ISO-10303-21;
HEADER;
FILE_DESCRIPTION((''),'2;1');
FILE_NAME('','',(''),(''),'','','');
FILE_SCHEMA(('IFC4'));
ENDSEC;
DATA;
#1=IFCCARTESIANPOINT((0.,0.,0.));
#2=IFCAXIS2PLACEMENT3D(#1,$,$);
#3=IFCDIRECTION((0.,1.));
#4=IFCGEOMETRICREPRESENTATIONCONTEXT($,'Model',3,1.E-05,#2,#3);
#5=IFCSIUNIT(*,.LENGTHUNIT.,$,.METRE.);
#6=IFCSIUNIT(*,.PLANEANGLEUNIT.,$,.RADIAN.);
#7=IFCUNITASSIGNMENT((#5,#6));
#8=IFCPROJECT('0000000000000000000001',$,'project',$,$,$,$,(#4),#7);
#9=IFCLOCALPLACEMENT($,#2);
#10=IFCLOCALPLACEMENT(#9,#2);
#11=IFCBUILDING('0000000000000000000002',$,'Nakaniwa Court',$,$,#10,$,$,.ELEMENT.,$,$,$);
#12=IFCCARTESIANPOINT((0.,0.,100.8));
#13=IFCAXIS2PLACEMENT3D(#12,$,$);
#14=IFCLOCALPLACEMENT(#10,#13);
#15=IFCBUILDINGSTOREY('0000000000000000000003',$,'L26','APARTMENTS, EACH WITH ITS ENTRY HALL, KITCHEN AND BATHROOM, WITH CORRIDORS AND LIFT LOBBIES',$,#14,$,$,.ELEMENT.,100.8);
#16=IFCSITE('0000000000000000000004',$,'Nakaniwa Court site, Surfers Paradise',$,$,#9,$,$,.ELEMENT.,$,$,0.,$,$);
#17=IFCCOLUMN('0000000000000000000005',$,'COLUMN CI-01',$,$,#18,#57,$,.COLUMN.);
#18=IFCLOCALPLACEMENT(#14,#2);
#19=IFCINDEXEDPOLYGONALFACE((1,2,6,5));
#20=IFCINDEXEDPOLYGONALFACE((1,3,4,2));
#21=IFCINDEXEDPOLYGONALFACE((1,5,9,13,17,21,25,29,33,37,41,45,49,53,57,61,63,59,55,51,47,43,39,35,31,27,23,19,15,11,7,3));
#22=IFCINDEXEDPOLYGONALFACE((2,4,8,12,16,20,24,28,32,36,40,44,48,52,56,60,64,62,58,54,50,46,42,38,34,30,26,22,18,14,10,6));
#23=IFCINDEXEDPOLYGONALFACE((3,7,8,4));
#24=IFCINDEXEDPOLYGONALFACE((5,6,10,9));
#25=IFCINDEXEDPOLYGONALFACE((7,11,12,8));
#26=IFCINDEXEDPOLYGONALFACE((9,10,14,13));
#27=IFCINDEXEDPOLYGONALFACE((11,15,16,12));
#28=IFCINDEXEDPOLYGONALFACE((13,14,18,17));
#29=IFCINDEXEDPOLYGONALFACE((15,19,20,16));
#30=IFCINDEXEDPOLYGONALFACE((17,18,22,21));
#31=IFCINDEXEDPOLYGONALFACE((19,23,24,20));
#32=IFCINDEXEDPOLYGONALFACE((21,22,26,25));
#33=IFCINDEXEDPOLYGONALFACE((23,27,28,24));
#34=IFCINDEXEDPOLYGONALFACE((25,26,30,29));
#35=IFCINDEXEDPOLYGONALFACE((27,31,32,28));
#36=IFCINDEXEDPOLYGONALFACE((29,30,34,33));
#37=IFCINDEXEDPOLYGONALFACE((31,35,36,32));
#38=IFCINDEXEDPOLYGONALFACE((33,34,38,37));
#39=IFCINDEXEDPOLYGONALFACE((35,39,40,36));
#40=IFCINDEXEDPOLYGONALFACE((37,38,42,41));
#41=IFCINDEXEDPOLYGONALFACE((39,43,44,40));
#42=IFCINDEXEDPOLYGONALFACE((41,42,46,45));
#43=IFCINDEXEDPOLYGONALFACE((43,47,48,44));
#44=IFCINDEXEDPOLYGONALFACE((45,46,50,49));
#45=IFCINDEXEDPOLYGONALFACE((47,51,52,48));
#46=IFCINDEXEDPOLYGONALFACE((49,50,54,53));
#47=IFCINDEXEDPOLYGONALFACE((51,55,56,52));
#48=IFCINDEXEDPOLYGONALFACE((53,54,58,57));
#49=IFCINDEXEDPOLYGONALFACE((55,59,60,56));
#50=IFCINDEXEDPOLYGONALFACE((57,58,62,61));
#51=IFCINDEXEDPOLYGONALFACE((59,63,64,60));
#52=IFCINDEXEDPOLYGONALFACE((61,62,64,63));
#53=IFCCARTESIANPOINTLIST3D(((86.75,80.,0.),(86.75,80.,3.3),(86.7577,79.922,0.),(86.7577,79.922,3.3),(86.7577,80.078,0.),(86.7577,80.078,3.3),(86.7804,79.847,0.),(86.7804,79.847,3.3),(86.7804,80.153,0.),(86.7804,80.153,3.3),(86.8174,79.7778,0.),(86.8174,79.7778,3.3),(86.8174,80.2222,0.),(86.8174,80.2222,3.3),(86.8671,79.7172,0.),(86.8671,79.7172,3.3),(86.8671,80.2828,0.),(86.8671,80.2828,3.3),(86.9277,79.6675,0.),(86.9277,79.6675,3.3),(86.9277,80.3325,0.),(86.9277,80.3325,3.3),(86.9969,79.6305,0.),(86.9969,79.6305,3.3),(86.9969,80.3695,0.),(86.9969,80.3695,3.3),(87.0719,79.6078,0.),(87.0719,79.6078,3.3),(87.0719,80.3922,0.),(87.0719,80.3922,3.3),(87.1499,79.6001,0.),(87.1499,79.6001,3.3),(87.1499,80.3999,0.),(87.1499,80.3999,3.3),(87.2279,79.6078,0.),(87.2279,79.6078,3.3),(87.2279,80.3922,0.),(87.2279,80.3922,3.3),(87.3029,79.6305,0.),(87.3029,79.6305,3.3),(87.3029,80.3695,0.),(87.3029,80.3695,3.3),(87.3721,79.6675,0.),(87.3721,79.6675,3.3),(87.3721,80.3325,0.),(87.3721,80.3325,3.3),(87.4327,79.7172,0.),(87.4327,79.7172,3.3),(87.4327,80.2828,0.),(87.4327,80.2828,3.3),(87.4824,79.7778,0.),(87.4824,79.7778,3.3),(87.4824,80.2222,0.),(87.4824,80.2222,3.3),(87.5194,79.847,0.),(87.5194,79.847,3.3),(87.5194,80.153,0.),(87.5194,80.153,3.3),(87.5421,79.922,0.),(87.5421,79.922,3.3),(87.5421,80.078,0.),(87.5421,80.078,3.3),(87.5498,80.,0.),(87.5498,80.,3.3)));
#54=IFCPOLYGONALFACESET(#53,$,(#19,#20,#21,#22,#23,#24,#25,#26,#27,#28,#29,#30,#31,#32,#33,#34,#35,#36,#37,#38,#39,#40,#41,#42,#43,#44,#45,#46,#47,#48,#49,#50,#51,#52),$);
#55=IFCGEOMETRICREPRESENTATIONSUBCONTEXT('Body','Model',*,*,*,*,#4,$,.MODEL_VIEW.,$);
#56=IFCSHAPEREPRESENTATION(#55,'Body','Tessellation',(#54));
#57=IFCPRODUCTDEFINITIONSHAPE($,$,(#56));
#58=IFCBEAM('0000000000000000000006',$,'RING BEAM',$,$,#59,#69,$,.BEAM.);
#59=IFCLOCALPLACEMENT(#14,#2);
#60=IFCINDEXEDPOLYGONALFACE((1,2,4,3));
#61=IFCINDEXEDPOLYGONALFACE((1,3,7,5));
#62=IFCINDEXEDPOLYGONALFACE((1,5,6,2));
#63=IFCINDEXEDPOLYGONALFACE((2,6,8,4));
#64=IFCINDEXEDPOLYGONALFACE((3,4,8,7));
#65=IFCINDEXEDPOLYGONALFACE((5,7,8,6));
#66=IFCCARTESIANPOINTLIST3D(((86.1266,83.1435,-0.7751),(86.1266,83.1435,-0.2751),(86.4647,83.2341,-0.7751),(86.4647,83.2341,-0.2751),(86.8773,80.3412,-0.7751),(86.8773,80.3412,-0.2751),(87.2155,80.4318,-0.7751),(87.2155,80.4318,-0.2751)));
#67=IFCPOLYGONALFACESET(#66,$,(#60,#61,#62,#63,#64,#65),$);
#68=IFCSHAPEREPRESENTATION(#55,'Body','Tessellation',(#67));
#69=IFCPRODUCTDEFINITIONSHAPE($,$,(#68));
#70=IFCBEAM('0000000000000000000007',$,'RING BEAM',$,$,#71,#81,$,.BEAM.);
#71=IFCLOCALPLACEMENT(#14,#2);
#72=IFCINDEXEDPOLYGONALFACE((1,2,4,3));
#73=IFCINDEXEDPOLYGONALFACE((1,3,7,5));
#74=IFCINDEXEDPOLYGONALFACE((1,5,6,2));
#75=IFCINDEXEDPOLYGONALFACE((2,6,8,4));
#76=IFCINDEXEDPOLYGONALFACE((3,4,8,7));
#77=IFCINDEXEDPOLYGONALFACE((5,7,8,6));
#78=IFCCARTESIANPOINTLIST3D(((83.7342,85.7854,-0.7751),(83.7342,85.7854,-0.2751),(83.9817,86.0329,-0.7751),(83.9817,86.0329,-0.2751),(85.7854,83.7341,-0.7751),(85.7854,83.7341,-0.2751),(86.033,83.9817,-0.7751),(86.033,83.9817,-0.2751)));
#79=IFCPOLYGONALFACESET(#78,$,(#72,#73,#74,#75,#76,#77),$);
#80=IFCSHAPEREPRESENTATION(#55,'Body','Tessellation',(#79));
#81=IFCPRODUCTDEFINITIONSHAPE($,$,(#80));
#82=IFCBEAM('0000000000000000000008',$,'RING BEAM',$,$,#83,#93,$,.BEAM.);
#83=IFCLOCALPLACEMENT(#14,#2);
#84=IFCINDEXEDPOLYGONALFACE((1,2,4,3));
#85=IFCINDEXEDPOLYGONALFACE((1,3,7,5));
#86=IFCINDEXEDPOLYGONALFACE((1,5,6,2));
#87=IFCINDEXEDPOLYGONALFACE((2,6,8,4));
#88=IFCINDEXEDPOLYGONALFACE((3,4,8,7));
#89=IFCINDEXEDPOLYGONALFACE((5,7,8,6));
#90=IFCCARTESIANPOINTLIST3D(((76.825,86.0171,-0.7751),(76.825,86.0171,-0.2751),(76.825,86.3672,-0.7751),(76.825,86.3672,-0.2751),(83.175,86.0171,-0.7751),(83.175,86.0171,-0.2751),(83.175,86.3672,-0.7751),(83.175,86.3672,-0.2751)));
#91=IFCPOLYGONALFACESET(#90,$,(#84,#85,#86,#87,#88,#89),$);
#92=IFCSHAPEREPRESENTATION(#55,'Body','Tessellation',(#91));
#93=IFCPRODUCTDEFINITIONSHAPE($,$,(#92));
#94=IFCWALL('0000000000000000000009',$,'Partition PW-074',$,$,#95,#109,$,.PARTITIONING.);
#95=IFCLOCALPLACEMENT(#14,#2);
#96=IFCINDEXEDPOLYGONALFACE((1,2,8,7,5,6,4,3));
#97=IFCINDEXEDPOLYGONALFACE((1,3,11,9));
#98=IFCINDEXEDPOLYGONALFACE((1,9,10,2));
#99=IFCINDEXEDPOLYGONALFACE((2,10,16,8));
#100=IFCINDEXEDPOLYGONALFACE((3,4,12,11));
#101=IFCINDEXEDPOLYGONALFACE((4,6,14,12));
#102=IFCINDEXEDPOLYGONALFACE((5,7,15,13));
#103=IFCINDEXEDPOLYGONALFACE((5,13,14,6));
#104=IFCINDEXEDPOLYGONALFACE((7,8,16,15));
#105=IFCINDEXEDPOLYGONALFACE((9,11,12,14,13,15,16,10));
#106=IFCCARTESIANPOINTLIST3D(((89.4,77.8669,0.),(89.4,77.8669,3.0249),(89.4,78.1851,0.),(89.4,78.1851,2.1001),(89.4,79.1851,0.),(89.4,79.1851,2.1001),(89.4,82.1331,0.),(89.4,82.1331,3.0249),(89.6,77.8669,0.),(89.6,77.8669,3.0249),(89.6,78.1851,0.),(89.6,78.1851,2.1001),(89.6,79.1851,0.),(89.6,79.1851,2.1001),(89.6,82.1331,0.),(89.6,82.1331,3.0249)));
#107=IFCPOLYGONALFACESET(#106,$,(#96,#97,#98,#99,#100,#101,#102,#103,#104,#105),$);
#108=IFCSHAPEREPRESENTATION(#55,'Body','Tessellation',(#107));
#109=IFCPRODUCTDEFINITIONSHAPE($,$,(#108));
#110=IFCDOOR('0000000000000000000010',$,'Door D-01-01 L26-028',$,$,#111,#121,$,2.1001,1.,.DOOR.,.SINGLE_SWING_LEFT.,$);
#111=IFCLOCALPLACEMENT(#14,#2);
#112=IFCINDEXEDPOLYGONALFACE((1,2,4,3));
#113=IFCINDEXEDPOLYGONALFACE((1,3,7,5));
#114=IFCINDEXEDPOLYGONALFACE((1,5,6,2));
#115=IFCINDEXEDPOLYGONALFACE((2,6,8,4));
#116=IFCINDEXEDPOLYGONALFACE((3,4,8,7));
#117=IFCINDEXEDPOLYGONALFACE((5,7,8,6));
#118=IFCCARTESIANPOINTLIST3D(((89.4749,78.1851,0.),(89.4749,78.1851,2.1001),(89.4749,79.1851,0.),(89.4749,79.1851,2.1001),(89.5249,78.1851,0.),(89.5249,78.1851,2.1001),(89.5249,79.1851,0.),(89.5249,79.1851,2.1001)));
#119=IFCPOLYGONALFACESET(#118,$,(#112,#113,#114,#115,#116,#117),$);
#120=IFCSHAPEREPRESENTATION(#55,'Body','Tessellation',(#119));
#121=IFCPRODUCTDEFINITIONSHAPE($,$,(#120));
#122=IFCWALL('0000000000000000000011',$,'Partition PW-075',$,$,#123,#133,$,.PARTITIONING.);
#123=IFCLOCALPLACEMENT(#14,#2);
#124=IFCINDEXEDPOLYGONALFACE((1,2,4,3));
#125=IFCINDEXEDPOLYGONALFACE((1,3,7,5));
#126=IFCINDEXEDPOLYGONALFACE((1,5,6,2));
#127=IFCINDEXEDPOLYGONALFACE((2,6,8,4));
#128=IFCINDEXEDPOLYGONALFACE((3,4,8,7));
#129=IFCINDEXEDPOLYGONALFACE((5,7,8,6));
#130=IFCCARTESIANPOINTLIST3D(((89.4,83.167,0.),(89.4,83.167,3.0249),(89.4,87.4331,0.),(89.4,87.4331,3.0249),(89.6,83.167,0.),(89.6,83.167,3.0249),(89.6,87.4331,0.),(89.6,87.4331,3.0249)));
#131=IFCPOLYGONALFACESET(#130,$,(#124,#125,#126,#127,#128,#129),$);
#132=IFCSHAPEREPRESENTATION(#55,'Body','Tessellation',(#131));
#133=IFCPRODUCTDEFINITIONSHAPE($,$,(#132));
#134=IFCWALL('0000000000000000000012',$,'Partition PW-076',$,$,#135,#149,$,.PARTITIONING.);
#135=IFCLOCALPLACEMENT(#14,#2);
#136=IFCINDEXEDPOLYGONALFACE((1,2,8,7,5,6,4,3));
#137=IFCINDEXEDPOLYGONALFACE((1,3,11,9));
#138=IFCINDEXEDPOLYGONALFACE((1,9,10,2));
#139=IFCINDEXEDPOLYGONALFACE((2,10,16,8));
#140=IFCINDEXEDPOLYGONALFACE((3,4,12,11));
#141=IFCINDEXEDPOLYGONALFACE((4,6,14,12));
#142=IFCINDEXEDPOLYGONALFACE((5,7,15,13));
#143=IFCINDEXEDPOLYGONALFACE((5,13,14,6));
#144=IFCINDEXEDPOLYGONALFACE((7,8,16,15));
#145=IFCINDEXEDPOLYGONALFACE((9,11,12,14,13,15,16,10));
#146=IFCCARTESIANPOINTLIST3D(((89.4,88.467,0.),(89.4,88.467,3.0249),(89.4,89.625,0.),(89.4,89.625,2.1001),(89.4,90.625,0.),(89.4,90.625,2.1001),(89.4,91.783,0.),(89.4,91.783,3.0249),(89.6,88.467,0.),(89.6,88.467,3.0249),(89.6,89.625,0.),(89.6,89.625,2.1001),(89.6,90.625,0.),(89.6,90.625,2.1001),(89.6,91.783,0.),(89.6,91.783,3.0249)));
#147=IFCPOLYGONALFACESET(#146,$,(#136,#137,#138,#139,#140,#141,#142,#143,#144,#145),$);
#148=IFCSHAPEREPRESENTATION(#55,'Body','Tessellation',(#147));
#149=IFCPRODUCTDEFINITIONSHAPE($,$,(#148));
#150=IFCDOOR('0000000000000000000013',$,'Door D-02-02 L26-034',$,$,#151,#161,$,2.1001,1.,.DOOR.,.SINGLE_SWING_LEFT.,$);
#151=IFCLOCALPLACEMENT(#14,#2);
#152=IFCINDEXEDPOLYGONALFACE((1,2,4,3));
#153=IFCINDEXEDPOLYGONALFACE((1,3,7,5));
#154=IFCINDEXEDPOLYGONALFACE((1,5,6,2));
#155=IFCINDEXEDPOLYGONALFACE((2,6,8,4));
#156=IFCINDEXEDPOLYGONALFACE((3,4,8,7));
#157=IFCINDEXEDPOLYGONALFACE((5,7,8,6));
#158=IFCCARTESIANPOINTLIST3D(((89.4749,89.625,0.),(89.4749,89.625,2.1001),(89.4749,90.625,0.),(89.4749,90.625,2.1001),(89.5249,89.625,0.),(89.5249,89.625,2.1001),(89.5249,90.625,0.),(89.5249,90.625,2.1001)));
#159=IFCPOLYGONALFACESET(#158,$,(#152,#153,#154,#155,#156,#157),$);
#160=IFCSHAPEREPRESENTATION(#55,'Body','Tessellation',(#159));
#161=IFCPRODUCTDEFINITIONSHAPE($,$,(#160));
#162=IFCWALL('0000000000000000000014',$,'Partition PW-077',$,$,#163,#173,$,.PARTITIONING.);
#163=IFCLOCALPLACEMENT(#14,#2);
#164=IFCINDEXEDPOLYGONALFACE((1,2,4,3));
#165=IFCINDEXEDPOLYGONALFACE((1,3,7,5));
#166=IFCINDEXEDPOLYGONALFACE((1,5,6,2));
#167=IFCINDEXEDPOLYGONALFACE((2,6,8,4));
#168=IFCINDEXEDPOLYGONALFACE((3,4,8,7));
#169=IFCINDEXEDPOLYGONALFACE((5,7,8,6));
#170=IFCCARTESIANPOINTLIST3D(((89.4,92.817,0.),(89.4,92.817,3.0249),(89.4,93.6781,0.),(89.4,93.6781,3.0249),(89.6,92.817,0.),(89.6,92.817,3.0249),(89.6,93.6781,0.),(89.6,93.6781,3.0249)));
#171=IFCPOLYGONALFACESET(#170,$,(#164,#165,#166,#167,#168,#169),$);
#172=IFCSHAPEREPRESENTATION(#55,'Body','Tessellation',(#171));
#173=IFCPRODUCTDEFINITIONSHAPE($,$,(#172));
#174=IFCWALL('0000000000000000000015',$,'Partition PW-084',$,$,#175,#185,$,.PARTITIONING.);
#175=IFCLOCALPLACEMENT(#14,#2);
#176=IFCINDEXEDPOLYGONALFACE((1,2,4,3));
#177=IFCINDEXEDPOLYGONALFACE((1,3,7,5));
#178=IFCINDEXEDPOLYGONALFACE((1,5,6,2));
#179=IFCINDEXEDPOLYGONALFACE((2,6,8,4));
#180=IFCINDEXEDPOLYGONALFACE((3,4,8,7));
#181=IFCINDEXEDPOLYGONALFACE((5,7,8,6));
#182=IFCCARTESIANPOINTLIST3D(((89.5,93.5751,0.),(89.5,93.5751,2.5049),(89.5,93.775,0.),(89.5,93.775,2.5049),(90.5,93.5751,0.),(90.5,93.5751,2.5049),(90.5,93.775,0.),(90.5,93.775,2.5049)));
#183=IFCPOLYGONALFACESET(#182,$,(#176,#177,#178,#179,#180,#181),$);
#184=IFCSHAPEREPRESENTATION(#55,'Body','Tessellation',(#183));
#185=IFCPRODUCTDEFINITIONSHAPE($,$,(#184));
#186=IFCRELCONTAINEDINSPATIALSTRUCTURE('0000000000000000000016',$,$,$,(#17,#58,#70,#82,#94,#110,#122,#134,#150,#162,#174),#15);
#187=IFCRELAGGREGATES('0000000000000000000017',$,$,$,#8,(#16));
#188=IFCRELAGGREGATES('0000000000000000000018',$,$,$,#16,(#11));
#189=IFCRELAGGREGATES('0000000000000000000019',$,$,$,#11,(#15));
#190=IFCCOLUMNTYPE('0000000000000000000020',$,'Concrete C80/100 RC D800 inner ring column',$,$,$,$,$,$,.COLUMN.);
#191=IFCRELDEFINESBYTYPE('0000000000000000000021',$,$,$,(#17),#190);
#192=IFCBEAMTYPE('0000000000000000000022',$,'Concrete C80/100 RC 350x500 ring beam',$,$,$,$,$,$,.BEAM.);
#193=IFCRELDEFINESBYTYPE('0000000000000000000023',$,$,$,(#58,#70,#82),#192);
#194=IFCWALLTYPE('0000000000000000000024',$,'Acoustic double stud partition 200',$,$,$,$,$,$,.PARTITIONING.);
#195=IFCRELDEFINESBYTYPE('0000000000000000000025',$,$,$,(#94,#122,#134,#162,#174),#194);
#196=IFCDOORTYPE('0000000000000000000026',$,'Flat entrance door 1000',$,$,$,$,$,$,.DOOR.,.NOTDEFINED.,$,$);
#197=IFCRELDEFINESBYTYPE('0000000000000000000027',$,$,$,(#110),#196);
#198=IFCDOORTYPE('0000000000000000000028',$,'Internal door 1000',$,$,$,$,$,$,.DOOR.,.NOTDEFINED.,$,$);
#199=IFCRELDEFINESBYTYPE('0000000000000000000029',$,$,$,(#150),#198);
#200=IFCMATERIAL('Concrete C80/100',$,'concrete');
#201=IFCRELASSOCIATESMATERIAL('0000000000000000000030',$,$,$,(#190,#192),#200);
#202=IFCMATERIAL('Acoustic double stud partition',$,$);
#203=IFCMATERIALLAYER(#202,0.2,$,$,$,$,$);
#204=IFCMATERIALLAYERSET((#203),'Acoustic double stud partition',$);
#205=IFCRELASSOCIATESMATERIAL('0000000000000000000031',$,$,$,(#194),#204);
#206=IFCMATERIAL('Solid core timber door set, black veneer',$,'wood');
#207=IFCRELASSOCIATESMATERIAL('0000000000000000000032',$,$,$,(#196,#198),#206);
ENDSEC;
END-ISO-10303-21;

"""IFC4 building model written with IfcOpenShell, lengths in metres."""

from ifc_helpers import new_model, si_unit, direction, frame, frame_2d, origin, origin_2d, place, context, subcontext, project, spatial, rectangle, circle, extrude, material, layer, layer_set, material_profile, profile_set, type_object, element, fill, save


model = new_model("IFC4")

# Units and contexts
model_context = context("Model", 3, precision=1e-05, world=origin(), true_north=direction((0.0, 1.0)))
body_context = subcontext(model_context, "Body", "Model", "MODEL_VIEW")
ifc_project = project(units=[si_unit("LENGTHUNIT", "METRE"), si_unit("PLANEANGLEUNIT", "RADIAN")], contexts=[model_context])

# Site, building, storey
site_placement = place(None, origin())
site = spatial("IfcSite", under=ifc_project, at=site_placement, Name="Nakaniwa Court site, Surfers Paradise", CompositionType="ELEMENT", RefElevation=0.0)
building_placement = place(site_placement, origin())
building = spatial("IfcBuilding", under=site, at=building_placement, Name="Nakaniwa Court", CompositionType="ELEMENT")
storey_placement = place(building_placement, frame((0.0, 0.0, 100.8)))
storey = spatial("IfcBuildingStorey", under=building, at=storey_placement, Name="L26", Description="APARTMENTS, EACH WITH ITS ENTRY HALL, KITCHEN AND BATHROOM, WITH CORRIDORS AND LIFT LOBBIES", CompositionType="ELEMENT", Elevation=100.8)

# Column
ifc_material_1 = material(Name="Concrete C80/100", Category="concrete")
ifc_material_profile_1 = material_profile(ifc_material_1, circle(Radius=0.3999, at=origin_2d()), Name="Concrete C80/100 RC D800 inner ring column")
ifc_profile_set_1 = profile_set([ifc_material_profile_1], Name="Concrete C80/100")
column_type = type_object("IfcColumnType", Name="Concrete C80/100 RC D800 inner ring column", PredefinedType="COLUMN", material=ifc_profile_set_1)
for number, where, z_axis, x_axis, name in (
    (1, (87.1499, 80.0, 0.0), (0.0, 0.0, 1.0), (0.0, 1.0, 0.0), "COLUMN CI-01"),
):
    element("IfcColumn", number, at=place(storey_placement, frame(where, z_axis=z_axis, x_axis=x_axis)), inside=storey, type_object=column_type, Name=name, PredefinedType="COLUMN", context=body_context, shape_type="SweptSolid", body=[
        extrude(circle(Radius=0.3999, at=origin_2d()), origin(), (0.0, 0.0, 1.0), 3.3),
    ])

# Beams
ifc_material_profile_2 = material_profile(ifc_material_1, rectangle(XDim=0.3501, YDim=0.5, at=origin_2d()), Name="Concrete C80/100 RC 350x500 ring beam")
ifc_profile_set_2 = profile_set([ifc_material_profile_2], Name="Concrete C80/100")
beam_type = type_object("IfcBeamType", Name="Concrete C80/100 RC 350x500 ring beam", PredefinedType="BEAM", material=ifc_profile_set_2)
beam_1_placement = place(storey_placement, frame((87.0464, 80.3865, -0.5251), z_axis=(-0.258778, 0.965937, 0.0), x_axis=(-0.965937, -0.258778, 0.0)))
element("IfcBeam", 2, at=beam_1_placement, inside=storey, type_object=beam_type, Name="RING BEAM", PredefinedType="BEAM", context=body_context, shape_type="SweptSolid", body=[
    extrude(rectangle(XDim=0.3501, YDim=0.5, at=origin_2d()), origin(), (0.0, 0.0, 1.0), 2.9011),
])
beam_2_placement = place(storey_placement, frame((85.9092, 83.8579, -0.5251), z_axis=(-0.707107, 0.707107, 0.0), x_axis=(-0.707107, -0.707107, 0.0)))
element("IfcBeam", 3, at=beam_2_placement, inside=storey, type_object=beam_type, Name="RING BEAM", PredefinedType="BEAM", context=body_context, shape_type="SweptSolid", body=[
    extrude(rectangle(XDim=0.3501, YDim=0.5, at=origin_2d()), origin(), (0.0, 0.0, 1.0), 2.9009),
])
beam_3_placement = place(storey_placement, frame((83.175, 86.1921, -0.5251), z_axis=(-1.0, 0.0, 0.0), x_axis=(0.0, -1.0, 0.0)))
element("IfcBeam", 4, at=beam_3_placement, inside=storey, type_object=beam_type, Name="RING BEAM", PredefinedType="BEAM", context=body_context, shape_type="SweptSolid", body=[
    extrude(rectangle(XDim=0.3501, YDim=0.5, at=origin_2d()), origin(), (0.0, 0.0, 1.0), 6.3501),
])

# Wall, opening, door
ifc_material_2 = material(Name="Acoustic double stud partition")
ifc_layer_1 = layer(ifc_material_2, 0.2)
ifc_layer_set_1 = layer_set([ifc_layer_1], Name="Acoustic double stud partition")
wall_type_1 = type_object("IfcWallType", Name="Acoustic double stud partition 200", PredefinedType="PARTITIONING", material=ifc_layer_set_1)
wall_1_placement = place(storey_placement, frame((89.5, 82.1331, 0.0), z_axis=(0.0, 0.0, 1.0), x_axis=(0.0, -1.0, 0.0)))
wall_1 = element("IfcWall", 5, at=wall_1_placement, inside=storey, type_object=wall_type_1, Name="Partition PW-074", PredefinedType="PARTITIONING", context=body_context, shape_type="SweptSolid", body=[
    extrude(rectangle(XDim=4.2661, YDim=0.2, at=frame_2d((2.1331, 0.0))), origin(), (0.0, 0.0, 1.0), 3.0249),
])
opening_1_placement = place(wall_1_placement, frame((2.948, 0.0, 0.0)))
opening_1 = element("IfcOpeningElement", 6, at=opening_1_placement, cuts=wall_1, PredefinedType="OPENING", context=body_context, shape_type="SweptSolid", body=[
    extrude(rectangle(XDim=1.0, YDim=2.1001, at=frame_2d((0.5, 1.05))), frame((0.0, 0.1099, 0.0), z_axis=(0.0, -1.0, 0.0), x_axis=(1.0, 0.0, 0.0)), (0.0, 0.0, 1.0), 0.22),
])
ifc_material_3 = material(Name="Solid core timber door set, black veneer", Category="wood")
door_type_1 = type_object("IfcDoorType", Name="Flat entrance door 1000", OperationType="NOTDEFINED", PredefinedType="DOOR", material=ifc_material_3)
door_1_placement = place(opening_1_placement, origin())
door_1 = element("IfcDoor", 7, at=door_1_placement, inside=storey, type_object=door_type_1, Name="Door D-01-01 L26-028", OperationType="SINGLE_SWING_LEFT", OverallHeight=2.1001, OverallWidth=1.0, PredefinedType="DOOR", context=body_context, shape_type="SweptSolid", body=[
    extrude(rectangle(XDim=1.0, YDim=2.1001, at=frame_2d((0.5, 1.05))), frame((0.0, 0.0249, 0.0), z_axis=(0.0, -1.0, 0.0), x_axis=(1.0, 0.0, 0.0)), (0.0, 0.0, 1.0), 0.05),
])
fill(opening_1, door_1)

# Wall
wall_2_placement = place(storey_placement, frame((89.5, 83.167, 0.0), z_axis=(0.0, 0.0, 1.0), x_axis=(0.0, 1.0, 0.0)))
element("IfcWall", 8, at=wall_2_placement, inside=storey, type_object=wall_type_1, Name="Partition PW-075", PredefinedType="PARTITIONING", context=body_context, shape_type="SweptSolid", body=[
    extrude(rectangle(XDim=4.2661, YDim=0.2, at=frame_2d((2.1331, 0.0))), origin(), (0.0, 0.0, 1.0), 3.0249),
])

# Wall, opening, door
wall_3_placement = place(storey_placement, frame((89.5, 91.783, 0.0), z_axis=(0.0, 0.0, 1.0), x_axis=(0.0, -1.0, 0.0)))
wall_3 = element("IfcWall", 9, at=wall_3_placement, inside=storey, type_object=wall_type_1, Name="Partition PW-076", PredefinedType="PARTITIONING", context=body_context, shape_type="SweptSolid", body=[
    extrude(rectangle(XDim=3.3159, YDim=0.2, at=frame_2d((1.658, 0.0))), origin(), (0.0, 0.0, 1.0), 3.0249),
])
opening_2_placement = place(wall_3_placement, frame((1.158, 0.0, 0.0)))
opening_2 = element("IfcOpeningElement", 10, at=opening_2_placement, cuts=wall_3, PredefinedType="OPENING", context=body_context, shape_type="SweptSolid", body=[
    extrude(rectangle(XDim=1.0, YDim=2.1001, at=frame_2d((0.5, 1.05))), frame((0.0, 0.1099, 0.0), z_axis=(0.0, -1.0, 0.0), x_axis=(1.0, 0.0, 0.0)), (0.0, 0.0, 1.0), 0.22),
])
door_type_2 = type_object("IfcDoorType", Name="Internal door 1000", OperationType="NOTDEFINED", PredefinedType="DOOR", material=ifc_material_3)
door_2_placement = place(opening_2_placement, origin())
door_2 = element("IfcDoor", 11, at=door_2_placement, inside=storey, type_object=door_type_2, Name="Door D-02-02 L26-034", OperationType="SINGLE_SWING_LEFT", OverallHeight=2.1001, OverallWidth=1.0, PredefinedType="DOOR", context=body_context, shape_type="SweptSolid", body=[
    extrude(rectangle(XDim=1.0, YDim=2.1001, at=frame_2d((0.5, 1.05))), frame((0.0, 0.0249, 0.0), z_axis=(0.0, -1.0, 0.0), x_axis=(1.0, 0.0, 0.0)), (0.0, 0.0, 1.0), 0.05),
])
fill(opening_2, door_2)

# Walls
wall_4_placement = place(storey_placement, frame((89.5, 92.8169, 0.0), z_axis=(0.0, 0.0, 1.0), x_axis=(0.0, 1.0, 0.0)))
element("IfcWall", 12, at=wall_4_placement, inside=storey, type_object=wall_type_1, Name="Partition PW-077", PredefinedType="PARTITIONING", context=body_context, shape_type="SweptSolid", body=[
    extrude(rectangle(XDim=0.8611, YDim=0.2, at=frame_2d((0.4307, 0.0))), origin(), (0.0, 0.0, 1.0), 3.0249),
])
wall_5_placement = place(storey_placement, frame((89.5, 93.675, 0.0), z_axis=(0.0, 0.0, 1.0), x_axis=(1.0, 0.0, 0.0)))
element("IfcWall", 13, at=wall_5_placement, inside=storey, type_object=wall_type_1, Name="Partition PW-084", PredefinedType="PARTITIONING", context=body_context, shape_type="SweptSolid", body=[
    extrude(rectangle(XDim=1.0, YDim=0.2, at=frame_2d((0.5, 0.0))), origin(), (0.0, 0.0, 1.0), 2.5049),
])

save(model, "model.ifc")
